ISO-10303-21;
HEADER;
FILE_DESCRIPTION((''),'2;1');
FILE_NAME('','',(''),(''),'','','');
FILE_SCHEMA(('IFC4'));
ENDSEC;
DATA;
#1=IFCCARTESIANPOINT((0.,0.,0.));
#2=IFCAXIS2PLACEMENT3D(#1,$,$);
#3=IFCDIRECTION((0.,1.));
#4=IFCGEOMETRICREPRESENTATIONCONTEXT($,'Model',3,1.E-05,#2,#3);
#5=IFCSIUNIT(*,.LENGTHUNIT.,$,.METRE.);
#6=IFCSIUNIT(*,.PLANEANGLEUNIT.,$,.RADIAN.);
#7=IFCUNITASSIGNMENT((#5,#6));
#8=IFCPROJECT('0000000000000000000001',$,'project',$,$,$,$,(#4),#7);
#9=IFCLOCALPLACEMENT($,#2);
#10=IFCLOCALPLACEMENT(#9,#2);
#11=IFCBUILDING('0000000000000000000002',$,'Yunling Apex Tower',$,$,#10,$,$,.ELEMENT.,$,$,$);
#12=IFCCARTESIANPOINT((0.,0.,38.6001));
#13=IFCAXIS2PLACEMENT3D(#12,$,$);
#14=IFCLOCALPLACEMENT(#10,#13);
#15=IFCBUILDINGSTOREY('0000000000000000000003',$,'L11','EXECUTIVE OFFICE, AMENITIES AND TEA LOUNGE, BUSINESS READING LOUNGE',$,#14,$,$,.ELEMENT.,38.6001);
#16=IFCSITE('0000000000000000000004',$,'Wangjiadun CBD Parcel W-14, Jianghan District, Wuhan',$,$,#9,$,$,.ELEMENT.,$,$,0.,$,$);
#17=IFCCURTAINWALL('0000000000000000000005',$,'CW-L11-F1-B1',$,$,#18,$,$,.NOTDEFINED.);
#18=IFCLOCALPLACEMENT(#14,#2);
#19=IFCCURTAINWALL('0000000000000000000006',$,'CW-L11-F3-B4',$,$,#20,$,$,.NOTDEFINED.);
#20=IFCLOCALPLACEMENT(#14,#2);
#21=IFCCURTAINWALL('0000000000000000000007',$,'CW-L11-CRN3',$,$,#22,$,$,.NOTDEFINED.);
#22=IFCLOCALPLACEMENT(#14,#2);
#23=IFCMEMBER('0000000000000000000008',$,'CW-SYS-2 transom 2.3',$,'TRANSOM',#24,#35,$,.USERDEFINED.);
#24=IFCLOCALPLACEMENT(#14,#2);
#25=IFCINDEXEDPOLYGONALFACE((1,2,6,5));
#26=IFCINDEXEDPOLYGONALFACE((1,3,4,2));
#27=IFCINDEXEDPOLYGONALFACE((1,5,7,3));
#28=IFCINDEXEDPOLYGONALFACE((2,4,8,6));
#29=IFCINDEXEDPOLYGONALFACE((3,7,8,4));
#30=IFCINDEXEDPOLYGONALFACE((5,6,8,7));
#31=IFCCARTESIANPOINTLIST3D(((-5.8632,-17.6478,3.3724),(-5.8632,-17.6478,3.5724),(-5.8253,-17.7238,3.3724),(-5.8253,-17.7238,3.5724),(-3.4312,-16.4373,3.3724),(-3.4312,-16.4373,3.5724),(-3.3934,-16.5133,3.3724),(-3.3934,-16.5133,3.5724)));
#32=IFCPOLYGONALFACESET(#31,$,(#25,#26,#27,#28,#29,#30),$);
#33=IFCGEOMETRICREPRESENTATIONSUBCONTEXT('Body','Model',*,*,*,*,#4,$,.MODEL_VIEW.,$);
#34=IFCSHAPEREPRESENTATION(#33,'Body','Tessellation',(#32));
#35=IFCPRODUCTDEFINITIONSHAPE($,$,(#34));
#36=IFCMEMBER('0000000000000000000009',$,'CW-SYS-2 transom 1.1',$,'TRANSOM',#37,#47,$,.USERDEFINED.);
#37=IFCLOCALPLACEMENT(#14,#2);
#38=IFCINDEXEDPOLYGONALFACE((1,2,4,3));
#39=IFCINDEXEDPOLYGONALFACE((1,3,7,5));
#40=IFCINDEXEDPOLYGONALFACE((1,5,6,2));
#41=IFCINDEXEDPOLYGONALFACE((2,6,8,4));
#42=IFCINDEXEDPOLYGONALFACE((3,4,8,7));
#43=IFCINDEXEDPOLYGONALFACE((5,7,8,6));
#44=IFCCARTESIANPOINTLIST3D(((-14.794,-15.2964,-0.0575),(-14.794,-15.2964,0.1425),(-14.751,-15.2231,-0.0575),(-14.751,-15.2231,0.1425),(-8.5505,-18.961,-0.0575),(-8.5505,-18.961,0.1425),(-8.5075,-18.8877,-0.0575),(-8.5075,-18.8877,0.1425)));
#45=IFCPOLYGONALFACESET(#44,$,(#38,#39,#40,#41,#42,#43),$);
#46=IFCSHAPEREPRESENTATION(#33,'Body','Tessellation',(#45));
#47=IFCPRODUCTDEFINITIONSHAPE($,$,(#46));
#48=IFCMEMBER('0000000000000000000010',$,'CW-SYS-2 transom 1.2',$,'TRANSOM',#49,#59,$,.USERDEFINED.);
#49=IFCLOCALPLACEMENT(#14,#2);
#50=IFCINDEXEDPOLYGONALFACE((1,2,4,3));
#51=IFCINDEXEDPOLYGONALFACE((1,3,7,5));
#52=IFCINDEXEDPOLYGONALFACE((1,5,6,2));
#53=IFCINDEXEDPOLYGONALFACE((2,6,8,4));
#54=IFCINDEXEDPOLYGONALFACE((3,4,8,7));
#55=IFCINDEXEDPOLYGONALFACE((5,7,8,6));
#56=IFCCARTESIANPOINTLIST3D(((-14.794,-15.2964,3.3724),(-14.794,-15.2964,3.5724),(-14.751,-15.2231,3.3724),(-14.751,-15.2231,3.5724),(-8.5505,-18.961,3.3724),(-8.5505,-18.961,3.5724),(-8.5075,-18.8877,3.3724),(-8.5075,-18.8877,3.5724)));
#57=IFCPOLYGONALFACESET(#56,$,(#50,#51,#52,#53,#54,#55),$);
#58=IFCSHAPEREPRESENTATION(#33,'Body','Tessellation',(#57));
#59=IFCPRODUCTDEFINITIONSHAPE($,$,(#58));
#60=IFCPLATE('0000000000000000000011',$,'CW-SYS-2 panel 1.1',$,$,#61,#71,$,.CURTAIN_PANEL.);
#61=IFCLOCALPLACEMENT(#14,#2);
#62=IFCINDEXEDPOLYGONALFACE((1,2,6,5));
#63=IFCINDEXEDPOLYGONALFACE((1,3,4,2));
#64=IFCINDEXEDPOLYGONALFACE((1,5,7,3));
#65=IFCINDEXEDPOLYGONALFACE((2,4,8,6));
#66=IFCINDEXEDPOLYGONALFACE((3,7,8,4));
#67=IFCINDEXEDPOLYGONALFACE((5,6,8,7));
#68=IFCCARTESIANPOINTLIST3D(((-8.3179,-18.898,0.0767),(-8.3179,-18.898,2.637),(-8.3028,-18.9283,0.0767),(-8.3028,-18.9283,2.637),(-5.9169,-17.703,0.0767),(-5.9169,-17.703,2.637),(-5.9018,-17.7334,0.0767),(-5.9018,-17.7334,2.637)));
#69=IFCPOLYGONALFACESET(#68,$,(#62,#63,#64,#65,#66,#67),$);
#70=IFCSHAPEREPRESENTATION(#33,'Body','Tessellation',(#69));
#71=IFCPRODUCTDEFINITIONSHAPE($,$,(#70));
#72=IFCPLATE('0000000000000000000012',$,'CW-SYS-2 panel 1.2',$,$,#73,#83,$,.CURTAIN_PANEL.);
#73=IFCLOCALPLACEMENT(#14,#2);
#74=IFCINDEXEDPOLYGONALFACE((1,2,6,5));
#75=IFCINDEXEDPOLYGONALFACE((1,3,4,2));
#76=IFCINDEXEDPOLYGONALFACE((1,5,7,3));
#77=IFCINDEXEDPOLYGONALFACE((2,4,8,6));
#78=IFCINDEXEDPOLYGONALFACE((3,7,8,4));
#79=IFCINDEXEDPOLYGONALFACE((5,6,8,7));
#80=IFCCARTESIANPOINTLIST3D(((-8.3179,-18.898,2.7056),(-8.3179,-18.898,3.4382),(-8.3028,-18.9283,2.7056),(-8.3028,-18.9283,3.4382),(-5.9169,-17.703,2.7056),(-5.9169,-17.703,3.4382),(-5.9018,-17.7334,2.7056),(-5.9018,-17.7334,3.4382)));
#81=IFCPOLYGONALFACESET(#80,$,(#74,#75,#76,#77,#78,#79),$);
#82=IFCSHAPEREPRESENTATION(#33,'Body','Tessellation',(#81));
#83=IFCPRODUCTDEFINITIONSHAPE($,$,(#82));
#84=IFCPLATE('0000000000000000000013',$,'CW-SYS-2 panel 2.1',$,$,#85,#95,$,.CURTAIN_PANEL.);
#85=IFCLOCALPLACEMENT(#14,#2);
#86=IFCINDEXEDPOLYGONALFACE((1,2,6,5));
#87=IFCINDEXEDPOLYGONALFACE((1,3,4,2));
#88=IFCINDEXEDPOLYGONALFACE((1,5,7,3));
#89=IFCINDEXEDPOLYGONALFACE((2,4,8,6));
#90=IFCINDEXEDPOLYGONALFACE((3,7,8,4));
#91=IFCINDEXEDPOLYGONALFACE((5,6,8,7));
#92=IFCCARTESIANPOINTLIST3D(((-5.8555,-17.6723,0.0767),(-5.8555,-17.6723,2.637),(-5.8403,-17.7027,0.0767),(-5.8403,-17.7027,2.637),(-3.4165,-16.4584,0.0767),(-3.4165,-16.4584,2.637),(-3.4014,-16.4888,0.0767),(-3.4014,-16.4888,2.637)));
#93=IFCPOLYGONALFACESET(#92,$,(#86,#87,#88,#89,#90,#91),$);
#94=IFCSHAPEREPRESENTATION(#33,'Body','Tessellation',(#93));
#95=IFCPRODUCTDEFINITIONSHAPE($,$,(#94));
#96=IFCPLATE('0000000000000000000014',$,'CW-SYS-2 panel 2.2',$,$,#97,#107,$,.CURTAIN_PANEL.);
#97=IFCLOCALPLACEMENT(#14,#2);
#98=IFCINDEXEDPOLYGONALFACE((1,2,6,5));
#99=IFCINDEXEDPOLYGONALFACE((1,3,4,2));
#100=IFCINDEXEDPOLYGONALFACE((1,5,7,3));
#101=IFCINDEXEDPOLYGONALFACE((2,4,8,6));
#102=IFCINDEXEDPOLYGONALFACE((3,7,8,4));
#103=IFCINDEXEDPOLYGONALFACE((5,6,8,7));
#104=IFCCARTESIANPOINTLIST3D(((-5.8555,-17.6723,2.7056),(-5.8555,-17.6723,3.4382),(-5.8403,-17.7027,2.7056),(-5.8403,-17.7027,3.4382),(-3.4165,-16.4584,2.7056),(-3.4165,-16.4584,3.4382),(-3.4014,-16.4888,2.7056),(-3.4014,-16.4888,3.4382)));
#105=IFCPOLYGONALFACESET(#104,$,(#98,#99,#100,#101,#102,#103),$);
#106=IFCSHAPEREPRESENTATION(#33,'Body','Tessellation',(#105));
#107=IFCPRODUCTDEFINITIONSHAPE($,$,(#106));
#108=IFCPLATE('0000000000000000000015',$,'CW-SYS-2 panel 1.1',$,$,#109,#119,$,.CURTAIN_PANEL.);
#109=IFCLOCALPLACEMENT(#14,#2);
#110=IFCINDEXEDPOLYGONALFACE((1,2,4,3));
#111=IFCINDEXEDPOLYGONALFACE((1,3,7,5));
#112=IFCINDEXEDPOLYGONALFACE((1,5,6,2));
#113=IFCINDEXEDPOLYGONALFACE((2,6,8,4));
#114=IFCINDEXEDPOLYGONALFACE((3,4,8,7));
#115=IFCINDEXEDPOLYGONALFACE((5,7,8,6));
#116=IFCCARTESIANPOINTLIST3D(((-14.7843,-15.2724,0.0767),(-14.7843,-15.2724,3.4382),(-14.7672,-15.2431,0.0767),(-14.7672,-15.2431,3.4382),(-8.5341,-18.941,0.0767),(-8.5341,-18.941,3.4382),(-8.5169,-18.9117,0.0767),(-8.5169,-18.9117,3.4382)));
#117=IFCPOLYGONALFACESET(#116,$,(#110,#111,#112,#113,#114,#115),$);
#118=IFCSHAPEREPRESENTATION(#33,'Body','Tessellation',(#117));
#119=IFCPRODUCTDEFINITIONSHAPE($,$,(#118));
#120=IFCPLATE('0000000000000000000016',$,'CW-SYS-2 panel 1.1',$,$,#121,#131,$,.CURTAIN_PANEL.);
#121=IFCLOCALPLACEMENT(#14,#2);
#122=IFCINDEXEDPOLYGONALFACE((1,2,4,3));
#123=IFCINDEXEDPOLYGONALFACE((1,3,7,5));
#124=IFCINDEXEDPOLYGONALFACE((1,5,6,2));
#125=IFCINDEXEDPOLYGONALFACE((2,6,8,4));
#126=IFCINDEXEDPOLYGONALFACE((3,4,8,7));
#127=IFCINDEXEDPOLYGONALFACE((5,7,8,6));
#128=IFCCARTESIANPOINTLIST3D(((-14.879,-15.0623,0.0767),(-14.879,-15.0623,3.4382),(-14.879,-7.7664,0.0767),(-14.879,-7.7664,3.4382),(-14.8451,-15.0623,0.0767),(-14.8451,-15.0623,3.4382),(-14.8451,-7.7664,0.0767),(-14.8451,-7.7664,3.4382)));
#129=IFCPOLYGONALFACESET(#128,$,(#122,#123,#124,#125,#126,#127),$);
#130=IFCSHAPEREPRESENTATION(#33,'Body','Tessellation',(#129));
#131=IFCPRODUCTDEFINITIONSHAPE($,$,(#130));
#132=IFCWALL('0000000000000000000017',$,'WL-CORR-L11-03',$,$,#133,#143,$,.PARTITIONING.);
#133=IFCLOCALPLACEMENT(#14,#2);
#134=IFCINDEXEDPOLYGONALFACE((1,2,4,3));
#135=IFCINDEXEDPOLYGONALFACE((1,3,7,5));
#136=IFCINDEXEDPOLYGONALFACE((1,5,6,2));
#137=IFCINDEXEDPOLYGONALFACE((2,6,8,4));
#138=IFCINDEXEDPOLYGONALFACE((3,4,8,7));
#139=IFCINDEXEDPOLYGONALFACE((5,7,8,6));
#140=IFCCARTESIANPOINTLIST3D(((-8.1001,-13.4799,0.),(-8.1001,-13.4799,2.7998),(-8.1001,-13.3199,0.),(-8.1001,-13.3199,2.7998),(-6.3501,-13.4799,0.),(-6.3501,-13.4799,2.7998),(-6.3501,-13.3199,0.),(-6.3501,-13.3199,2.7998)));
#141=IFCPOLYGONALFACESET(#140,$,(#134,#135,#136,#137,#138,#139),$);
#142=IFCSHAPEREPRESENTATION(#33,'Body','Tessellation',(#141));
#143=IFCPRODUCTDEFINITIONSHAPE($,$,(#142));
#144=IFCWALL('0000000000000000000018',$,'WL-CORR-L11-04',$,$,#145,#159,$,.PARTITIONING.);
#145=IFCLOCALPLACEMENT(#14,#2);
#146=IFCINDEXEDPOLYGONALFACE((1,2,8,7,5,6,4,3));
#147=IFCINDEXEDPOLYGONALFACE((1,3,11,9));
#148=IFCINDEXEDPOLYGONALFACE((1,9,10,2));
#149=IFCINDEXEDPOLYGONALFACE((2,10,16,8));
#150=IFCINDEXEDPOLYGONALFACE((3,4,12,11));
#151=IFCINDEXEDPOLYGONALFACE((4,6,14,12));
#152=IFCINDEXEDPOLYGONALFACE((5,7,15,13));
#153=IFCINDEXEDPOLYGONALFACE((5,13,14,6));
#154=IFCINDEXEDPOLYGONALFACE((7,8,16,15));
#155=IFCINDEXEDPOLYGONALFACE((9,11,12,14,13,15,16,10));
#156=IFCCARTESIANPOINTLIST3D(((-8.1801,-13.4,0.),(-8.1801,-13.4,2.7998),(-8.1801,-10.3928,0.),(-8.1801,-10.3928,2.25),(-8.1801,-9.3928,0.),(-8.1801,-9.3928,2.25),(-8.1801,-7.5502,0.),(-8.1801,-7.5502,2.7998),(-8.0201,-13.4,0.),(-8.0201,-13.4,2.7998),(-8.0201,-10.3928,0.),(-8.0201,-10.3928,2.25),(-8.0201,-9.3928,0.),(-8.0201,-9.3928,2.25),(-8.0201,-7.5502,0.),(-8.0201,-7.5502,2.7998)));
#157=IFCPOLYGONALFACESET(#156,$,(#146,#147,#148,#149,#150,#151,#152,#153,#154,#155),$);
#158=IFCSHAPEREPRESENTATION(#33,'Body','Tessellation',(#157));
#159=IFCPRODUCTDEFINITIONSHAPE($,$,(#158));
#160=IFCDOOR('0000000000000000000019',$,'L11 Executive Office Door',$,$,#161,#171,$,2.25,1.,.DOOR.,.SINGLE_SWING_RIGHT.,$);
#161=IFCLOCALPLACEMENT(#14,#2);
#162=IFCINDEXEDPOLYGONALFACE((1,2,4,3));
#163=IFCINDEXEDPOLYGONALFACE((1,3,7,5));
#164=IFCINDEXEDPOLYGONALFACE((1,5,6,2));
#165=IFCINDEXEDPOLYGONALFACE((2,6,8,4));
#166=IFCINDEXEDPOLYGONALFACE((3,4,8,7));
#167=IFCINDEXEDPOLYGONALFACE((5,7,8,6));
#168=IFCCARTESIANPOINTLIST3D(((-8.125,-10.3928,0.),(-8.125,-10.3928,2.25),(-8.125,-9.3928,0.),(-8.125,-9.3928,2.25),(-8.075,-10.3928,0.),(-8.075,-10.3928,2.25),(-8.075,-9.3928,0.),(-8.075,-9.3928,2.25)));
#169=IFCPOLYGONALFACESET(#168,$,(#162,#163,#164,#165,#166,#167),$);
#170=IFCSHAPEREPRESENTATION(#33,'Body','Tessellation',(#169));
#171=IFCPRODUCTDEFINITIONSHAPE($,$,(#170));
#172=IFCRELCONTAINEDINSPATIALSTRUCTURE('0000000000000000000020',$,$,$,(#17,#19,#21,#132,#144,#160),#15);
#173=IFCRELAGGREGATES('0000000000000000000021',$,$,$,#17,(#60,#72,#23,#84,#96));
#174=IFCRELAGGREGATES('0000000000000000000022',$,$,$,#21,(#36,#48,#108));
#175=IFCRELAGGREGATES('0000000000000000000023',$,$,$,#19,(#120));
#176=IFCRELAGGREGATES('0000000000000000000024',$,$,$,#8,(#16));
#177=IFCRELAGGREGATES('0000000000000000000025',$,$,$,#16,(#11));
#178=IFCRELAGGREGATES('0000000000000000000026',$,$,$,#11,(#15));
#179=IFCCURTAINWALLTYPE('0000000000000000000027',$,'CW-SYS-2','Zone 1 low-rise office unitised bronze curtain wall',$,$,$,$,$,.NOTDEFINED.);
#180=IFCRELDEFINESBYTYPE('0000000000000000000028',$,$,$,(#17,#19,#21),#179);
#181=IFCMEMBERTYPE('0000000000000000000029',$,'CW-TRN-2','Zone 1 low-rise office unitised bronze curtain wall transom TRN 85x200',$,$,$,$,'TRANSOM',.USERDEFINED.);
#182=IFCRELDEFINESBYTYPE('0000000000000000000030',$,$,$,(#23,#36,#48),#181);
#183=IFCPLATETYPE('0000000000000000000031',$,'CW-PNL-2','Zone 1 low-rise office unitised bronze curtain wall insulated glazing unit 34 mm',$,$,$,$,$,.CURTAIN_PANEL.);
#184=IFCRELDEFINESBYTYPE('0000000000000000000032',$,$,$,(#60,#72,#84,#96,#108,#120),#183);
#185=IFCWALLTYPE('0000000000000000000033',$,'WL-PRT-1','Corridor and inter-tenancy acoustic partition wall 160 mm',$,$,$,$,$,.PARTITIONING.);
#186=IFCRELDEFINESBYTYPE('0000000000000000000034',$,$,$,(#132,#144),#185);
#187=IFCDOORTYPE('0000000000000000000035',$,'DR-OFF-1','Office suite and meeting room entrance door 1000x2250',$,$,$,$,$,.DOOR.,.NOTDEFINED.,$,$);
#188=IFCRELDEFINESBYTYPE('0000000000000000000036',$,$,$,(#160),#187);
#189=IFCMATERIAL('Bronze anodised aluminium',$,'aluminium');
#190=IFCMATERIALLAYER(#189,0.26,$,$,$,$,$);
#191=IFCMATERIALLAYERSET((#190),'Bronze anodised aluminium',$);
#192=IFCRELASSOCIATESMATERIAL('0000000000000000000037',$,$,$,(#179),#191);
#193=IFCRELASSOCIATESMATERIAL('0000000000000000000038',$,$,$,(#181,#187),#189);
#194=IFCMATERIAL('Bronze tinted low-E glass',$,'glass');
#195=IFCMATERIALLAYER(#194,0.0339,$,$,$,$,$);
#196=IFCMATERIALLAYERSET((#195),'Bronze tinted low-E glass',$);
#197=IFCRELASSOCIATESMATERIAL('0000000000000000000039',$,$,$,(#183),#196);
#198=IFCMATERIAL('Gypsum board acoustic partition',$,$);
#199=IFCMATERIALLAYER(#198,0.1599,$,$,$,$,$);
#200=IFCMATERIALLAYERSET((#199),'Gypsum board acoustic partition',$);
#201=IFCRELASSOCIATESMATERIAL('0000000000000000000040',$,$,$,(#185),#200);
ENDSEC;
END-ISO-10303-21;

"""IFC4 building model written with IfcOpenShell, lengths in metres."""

from ifc_helpers import new_model, si_unit, direction, frame, frame_2d, origin, origin_2d, place, context, subcontext, project, spatial, rectangle, extrude, source, transform, mapped, material, layer, layer_set, material_profile, profile_set, type_object, element, fill, aggregate, save


model = new_model("IFC4")

# Units and contexts
model_context = context("Model", 3, precision=1e-05, world=origin(), true_north=direction((0.0, 1.0)))
body_context = subcontext(model_context, "Body", "Model", "MODEL_VIEW")
ifc_project = project(units=[si_unit("LENGTHUNIT", "METRE"), si_unit("PLANEANGLEUNIT", "RADIAN")], contexts=[model_context])

# Site, building, storey
site_placement = place(None, origin())
site = spatial("IfcSite", under=ifc_project, at=site_placement, Name="Wangjiadun CBD Parcel W-14, Jianghan District, Wuhan", CompositionType="ELEMENT", RefElevation=0.0)
building_placement = place(site_placement, origin())
building = spatial("IfcBuilding", under=site, at=building_placement, Name="Yunling Apex Tower", CompositionType="ELEMENT")
storey_placement = place(building_placement, frame((0.0, 0.0, 38.6001)))
storey = spatial("IfcBuildingStorey", under=building, at=storey_placement, Name="L11", Description="EXECUTIVE OFFICE, AMENITIES AND TEA LOUNGE, BUSINESS READING LOUNGE", CompositionType="ELEMENT", Elevation=38.6001)

# Curtain wall
ifc_material_1 = material(Name="Bronze anodised aluminium", Category="aluminium")
ifc_layer_1 = layer(ifc_material_1, 0.26)
ifc_layer_set_1 = layer_set([ifc_layer_1], Name="Bronze anodised aluminium")
curtain_wall_type = type_object("IfcCurtainWallType", Name="CW-SYS-2", Description="Zone 1 low-rise office unitised bronze curtain wall", PredefinedType="NOTDEFINED", material=ifc_layer_set_1)
curtain_wall_1_placement = place(storey_placement, origin())
curtain_wall_1 = element("IfcCurtainWall", 1, at=curtain_wall_1_placement, inside=storey, type_object=curtain_wall_type, Name="CW-L11-F1-B1", PredefinedType="NOTDEFINED")

# Curtain wall
curtain_wall_2_placement = place(storey_placement, origin())
curtain_wall_2 = element("IfcCurtainWall", 2, at=curtain_wall_2_placement, inside=storey, type_object=curtain_wall_type, Name="CW-L11-F3-B4", PredefinedType="NOTDEFINED")

# Curtain wall
curtain_wall_3_placement = place(storey_placement, origin())
curtain_wall_3 = element("IfcCurtainWall", 3, at=curtain_wall_3_placement, inside=storey, type_object=curtain_wall_type, Name="CW-L11-CRN3", PredefinedType="NOTDEFINED")

# Members
ifc_material_profile_1 = material_profile(ifc_material_1, rectangle(XDim=0.085, YDim=0.2, at=origin_2d()))
ifc_profile_set_1 = profile_set([ifc_material_profile_1], Name="Bronze anodised aluminium")
member_type_1 = type_object("IfcMemberType", Name="CW-TRN-2", Description="Zone 1 low-rise office unitised bronze curtain wall transom TRN 85x200", ElementType="TRANSOM", PredefinedType="USERDEFINED", material=ifc_profile_set_1)
shared_shape_1 = source(origin(), body_context, "Body", "SweptSolid", [
    extrude(rectangle(XDim=0.085, YDim=0.2, at=origin_2d()), origin(), (0.0, 0.0, 1.0), 2.7166),
])
member_1_placement = place(storey_placement, frame((-5.8442, -17.6858, 3.4724), z_axis=(0.895235, 0.445595, 0.0), x_axis=(-0.445595, 0.895235, 0.0)))
member_1 = element("IfcMember", 4, at=member_1_placement, type_object=member_type_1, Name="CW-SYS-2 transom 2.3", ObjectType="TRANSOM", PredefinedType="USERDEFINED", context=body_context, shape_type="MappedRepresentation", body=[
    mapped(shared_shape_1, transform((0.0, 0.0, 0.0), scale=1.0)),
])
shared_shape_2 = source(origin(), body_context, "Body", "SweptSolid", [
    extrude(rectangle(XDim=0.085, YDim=0.2, at=origin_2d()), origin(), (0.0, 0.0, 1.0), 7.2395),
])
member_2_placement = place(storey_placement, frame((-14.7725, -15.2598, 0.0425), z_axis=(0.862419, -0.506195, 0.0), x_axis=(0.506195, 0.862419, 0.0)))
member_2 = element("IfcMember", 5, at=member_2_placement, type_object=member_type_1, Name="CW-SYS-2 transom 1.1", ObjectType="TRANSOM", PredefinedType="USERDEFINED", context=body_context, shape_type="MappedRepresentation", body=[
    mapped(shared_shape_2, transform((0.0, 0.0, 0.0), scale=1.0)),
])
member_3_placement = place(storey_placement, frame((-14.7725, -15.2598, 3.4724), z_axis=(0.862419, -0.506195, 0.0), x_axis=(0.506195, 0.862419, 0.0)))
member_3 = element("IfcMember", 6, at=member_3_placement, type_object=member_type_1, Name="CW-SYS-2 transom 1.2", ObjectType="TRANSOM", PredefinedType="USERDEFINED", context=body_context, shape_type="MappedRepresentation", body=[
    mapped(shared_shape_2, transform((0.0, 0.0, 0.0), scale=1.0)),
])

# Plates
ifc_material_2 = material(Name="Bronze tinted low-E glass", Category="glass")
ifc_layer_2 = layer(ifc_material_2, 0.0339)
ifc_layer_set_2 = layer_set([ifc_layer_2], Name="Bronze tinted low-E glass")
plate_type = type_object("IfcPlateType", Name="CW-PNL-2", Description="Zone 1 low-rise office unitised bronze curtain wall insulated glazing unit 34 mm", PredefinedType="CURTAIN_PANEL", material=ifc_layer_set_2)
shared_shape_3 = source(origin(), body_context, "Body", "SweptSolid", [
    extrude(rectangle(XDim=2.6819, YDim=0.0339, at=origin_2d()), origin(), (0.0, 0.0, 1.0), 2.5603),
])
plate_1_placement = place(storey_placement, frame((-7.1099, -18.3157, 0.0767), z_axis=(0.0, 0.0, 1.0), x_axis=(0.895247, 0.445571, 0.0)))
plate_1 = element("IfcPlate", 7, at=plate_1_placement, type_object=plate_type, Name="CW-SYS-2 panel 1.1", PredefinedType="CURTAIN_PANEL", context=body_context, shape_type="MappedRepresentation", body=[
    mapped(shared_shape_3, transform((0.0, 0.0, 0.0), scale=1.0)),
])
shared_shape_4 = source(origin(), body_context, "Body", "SweptSolid", [
    extrude(rectangle(XDim=2.6819, YDim=0.0339, at=origin_2d()), origin(), (0.0, 0.0, 1.0), 0.7327),
])
plate_2_placement = place(storey_placement, frame((-7.1099, -18.3157, 2.7056), z_axis=(0.0, 0.0, 1.0), x_axis=(0.895247, 0.445571, 0.0)))
plate_2 = element("IfcPlate", 8, at=plate_2_placement, type_object=plate_type, Name="CW-SYS-2 panel 1.2", PredefinedType="CURTAIN_PANEL", context=body_context, shape_type="MappedRepresentation", body=[
    mapped(shared_shape_4, transform((0.0, 0.0, 0.0), scale=1.0)),
])
shared_shape_5 = source(origin(), body_context, "Body", "SweptSolid", [
    extrude(rectangle(XDim=2.7244, YDim=0.0339, at=origin_2d()), origin(), (0.0, 0.0, 1.0), 2.5603),
])
plate_3_placement = place(storey_placement, frame((-4.6284, -17.0806, 0.0767), z_axis=(0.0, 0.0, 1.0), x_axis=(0.895247, 0.445571, 0.0)))
plate_3 = element("IfcPlate", 9, at=plate_3_placement, type_object=plate_type, Name="CW-SYS-2 panel 2.1", PredefinedType="CURTAIN_PANEL", context=body_context, shape_type="MappedRepresentation", body=[
    mapped(shared_shape_5, transform((0.0, 0.0, 0.0), scale=1.0)),
])
shared_shape_6 = source(origin(), body_context, "Body", "SweptSolid", [
    extrude(rectangle(XDim=2.7244, YDim=0.0339, at=origin_2d()), origin(), (0.0, 0.0, 1.0), 0.7327),
])
plate_4_placement = place(storey_placement, frame((-4.6284, -17.0806, 2.7056), z_axis=(0.0, 0.0, 1.0), x_axis=(0.895247, 0.445571, 0.0)))
plate_4 = element("IfcPlate", 10, at=plate_4_placement, type_object=plate_type, Name="CW-SYS-2 panel 2.2", PredefinedType="CURTAIN_PANEL", context=body_context, shape_type="MappedRepresentation", body=[
    mapped(shared_shape_6, transform((0.0, 0.0, 0.0), scale=1.0)),
])
aggregate(curtain_wall_1, [plate_1, plate_2, member_1, plate_3, plate_4])
shared_shape_7 = source(origin(), body_context, "Body", "SweptSolid", [
    extrude(rectangle(XDim=7.2473, YDim=0.0339, at=origin_2d()), origin(), (0.0, 0.0, 1.0), 3.3616),
])
plate_5_placement = place(storey_placement, frame((-11.6506, -17.092, 0.0767), z_axis=(0.0, 0.0, 1.0), x_axis=(0.862419, -0.506196, 0.0)))
plate_5 = element("IfcPlate", 11, at=plate_5_placement, type_object=plate_type, Name="CW-SYS-2 panel 1.1", PredefinedType="CURTAIN_PANEL", context=body_context, shape_type="MappedRepresentation", body=[
    mapped(shared_shape_7, transform((0.0, 0.0, 0.0), scale=1.0)),
])
aggregate(curtain_wall_3, [member_2, member_3, plate_5])
shared_shape_8 = source(origin(), body_context, "Body", "SweptSolid", [
    extrude(rectangle(XDim=7.2959, YDim=0.0339, at=origin_2d()), origin(), (0.0, 0.0, 1.0), 3.3616),
])
plate_6_placement = place(storey_placement, frame((-14.8621, -11.4143, 0.0767), z_axis=(0.0, 0.0, 1.0), x_axis=(0.0, -1.0, 0.0)))
plate_6 = element("IfcPlate", 12, at=plate_6_placement, type_object=plate_type, Name="CW-SYS-2 panel 1.1", PredefinedType="CURTAIN_PANEL", context=body_context, shape_type="MappedRepresentation", body=[
    mapped(shared_shape_8, transform((0.0, 0.0, 0.0), scale=1.0)),
])
aggregate(curtain_wall_2, [plate_6])

# Wall
ifc_material_3 = material(Name="Gypsum board acoustic partition")
ifc_layer_3 = layer(ifc_material_3, 0.1599)
ifc_layer_set_3 = layer_set([ifc_layer_3], Name="Gypsum board acoustic partition")
wall_type_1 = type_object("IfcWallType", Name="WL-PRT-1", Description="Corridor and inter-tenancy acoustic partition wall 160 mm", PredefinedType="PARTITIONING", material=ifc_layer_set_3)
wall_1_placement = place(storey_placement, frame((-6.3501, -13.3999, 0.0), z_axis=(0.0, 0.0, 1.0), x_axis=(-1.0, 0.0, 0.0)))
element("IfcWall", 13, at=wall_1_placement, inside=storey, type_object=wall_type_1, Name="WL-CORR-L11-03", PredefinedType="PARTITIONING", context=body_context, shape_type="SweptSolid", body=[
    extrude(rectangle(XDim=1.75, YDim=0.1599, at=frame_2d((0.875, 0.0))), origin(), (0.0, 0.0, 1.0), 2.7998),
])

# Wall, opening, door
wall_2_placement = place(storey_placement, frame((-8.1001, -13.3999, 0.0), z_axis=(0.0, 0.0, 1.0), x_axis=(0.0, 1.0, 0.0)))
wall_2 = element("IfcWall", 14, at=wall_2_placement, inside=storey, type_object=wall_type_1, Name="WL-CORR-L11-04", PredefinedType="PARTITIONING", context=body_context, shape_type="SweptSolid", body=[
    extrude(rectangle(XDim=5.8499, YDim=0.1599, at=frame_2d((2.9248, 0.0))), origin(), (0.0, 0.0, 1.0), 2.7998),
])
opening_placement = place(wall_2_placement, frame((3.0071, 0.0, 0.0)))
opening = element("IfcOpeningElement", 15, at=opening_placement, cuts=wall_2, PredefinedType="OPENING", context=body_context, shape_type="SweptSolid", body=[
    extrude(rectangle(XDim=1.0, YDim=2.25, at=frame_2d((0.5, 1.125))), frame((0.0, 0.0898, 0.0), z_axis=(0.0, -1.0, 0.0), x_axis=(1.0, 0.0, 0.0)), (0.0, 0.0, 1.0), 0.1799),
])
door_type = type_object("IfcDoorType", Name="DR-OFF-1", Description="Office suite and meeting room entrance door 1000x2250", OperationType="NOTDEFINED", PredefinedType="DOOR", material=ifc_material_1)
door_placement = place(opening_placement, origin())
door = element("IfcDoor", 16, at=door_placement, inside=storey, type_object=door_type, Name="L11 Executive Office Door", OperationType="SINGLE_SWING_RIGHT", OverallHeight=2.25, OverallWidth=1.0, PredefinedType="DOOR", context=body_context, shape_type="SweptSolid", body=[
    extrude(rectangle(XDim=1.0, YDim=2.25, at=frame_2d((0.5, 1.125))), frame((0.0, 0.0249, 0.0), z_axis=(0.0, -1.0, 0.0), x_axis=(1.0, 0.0, 0.0)), (0.0, 0.0, 1.0), 0.05),
])
fill(opening, door)

save(model, "model.ifc")
